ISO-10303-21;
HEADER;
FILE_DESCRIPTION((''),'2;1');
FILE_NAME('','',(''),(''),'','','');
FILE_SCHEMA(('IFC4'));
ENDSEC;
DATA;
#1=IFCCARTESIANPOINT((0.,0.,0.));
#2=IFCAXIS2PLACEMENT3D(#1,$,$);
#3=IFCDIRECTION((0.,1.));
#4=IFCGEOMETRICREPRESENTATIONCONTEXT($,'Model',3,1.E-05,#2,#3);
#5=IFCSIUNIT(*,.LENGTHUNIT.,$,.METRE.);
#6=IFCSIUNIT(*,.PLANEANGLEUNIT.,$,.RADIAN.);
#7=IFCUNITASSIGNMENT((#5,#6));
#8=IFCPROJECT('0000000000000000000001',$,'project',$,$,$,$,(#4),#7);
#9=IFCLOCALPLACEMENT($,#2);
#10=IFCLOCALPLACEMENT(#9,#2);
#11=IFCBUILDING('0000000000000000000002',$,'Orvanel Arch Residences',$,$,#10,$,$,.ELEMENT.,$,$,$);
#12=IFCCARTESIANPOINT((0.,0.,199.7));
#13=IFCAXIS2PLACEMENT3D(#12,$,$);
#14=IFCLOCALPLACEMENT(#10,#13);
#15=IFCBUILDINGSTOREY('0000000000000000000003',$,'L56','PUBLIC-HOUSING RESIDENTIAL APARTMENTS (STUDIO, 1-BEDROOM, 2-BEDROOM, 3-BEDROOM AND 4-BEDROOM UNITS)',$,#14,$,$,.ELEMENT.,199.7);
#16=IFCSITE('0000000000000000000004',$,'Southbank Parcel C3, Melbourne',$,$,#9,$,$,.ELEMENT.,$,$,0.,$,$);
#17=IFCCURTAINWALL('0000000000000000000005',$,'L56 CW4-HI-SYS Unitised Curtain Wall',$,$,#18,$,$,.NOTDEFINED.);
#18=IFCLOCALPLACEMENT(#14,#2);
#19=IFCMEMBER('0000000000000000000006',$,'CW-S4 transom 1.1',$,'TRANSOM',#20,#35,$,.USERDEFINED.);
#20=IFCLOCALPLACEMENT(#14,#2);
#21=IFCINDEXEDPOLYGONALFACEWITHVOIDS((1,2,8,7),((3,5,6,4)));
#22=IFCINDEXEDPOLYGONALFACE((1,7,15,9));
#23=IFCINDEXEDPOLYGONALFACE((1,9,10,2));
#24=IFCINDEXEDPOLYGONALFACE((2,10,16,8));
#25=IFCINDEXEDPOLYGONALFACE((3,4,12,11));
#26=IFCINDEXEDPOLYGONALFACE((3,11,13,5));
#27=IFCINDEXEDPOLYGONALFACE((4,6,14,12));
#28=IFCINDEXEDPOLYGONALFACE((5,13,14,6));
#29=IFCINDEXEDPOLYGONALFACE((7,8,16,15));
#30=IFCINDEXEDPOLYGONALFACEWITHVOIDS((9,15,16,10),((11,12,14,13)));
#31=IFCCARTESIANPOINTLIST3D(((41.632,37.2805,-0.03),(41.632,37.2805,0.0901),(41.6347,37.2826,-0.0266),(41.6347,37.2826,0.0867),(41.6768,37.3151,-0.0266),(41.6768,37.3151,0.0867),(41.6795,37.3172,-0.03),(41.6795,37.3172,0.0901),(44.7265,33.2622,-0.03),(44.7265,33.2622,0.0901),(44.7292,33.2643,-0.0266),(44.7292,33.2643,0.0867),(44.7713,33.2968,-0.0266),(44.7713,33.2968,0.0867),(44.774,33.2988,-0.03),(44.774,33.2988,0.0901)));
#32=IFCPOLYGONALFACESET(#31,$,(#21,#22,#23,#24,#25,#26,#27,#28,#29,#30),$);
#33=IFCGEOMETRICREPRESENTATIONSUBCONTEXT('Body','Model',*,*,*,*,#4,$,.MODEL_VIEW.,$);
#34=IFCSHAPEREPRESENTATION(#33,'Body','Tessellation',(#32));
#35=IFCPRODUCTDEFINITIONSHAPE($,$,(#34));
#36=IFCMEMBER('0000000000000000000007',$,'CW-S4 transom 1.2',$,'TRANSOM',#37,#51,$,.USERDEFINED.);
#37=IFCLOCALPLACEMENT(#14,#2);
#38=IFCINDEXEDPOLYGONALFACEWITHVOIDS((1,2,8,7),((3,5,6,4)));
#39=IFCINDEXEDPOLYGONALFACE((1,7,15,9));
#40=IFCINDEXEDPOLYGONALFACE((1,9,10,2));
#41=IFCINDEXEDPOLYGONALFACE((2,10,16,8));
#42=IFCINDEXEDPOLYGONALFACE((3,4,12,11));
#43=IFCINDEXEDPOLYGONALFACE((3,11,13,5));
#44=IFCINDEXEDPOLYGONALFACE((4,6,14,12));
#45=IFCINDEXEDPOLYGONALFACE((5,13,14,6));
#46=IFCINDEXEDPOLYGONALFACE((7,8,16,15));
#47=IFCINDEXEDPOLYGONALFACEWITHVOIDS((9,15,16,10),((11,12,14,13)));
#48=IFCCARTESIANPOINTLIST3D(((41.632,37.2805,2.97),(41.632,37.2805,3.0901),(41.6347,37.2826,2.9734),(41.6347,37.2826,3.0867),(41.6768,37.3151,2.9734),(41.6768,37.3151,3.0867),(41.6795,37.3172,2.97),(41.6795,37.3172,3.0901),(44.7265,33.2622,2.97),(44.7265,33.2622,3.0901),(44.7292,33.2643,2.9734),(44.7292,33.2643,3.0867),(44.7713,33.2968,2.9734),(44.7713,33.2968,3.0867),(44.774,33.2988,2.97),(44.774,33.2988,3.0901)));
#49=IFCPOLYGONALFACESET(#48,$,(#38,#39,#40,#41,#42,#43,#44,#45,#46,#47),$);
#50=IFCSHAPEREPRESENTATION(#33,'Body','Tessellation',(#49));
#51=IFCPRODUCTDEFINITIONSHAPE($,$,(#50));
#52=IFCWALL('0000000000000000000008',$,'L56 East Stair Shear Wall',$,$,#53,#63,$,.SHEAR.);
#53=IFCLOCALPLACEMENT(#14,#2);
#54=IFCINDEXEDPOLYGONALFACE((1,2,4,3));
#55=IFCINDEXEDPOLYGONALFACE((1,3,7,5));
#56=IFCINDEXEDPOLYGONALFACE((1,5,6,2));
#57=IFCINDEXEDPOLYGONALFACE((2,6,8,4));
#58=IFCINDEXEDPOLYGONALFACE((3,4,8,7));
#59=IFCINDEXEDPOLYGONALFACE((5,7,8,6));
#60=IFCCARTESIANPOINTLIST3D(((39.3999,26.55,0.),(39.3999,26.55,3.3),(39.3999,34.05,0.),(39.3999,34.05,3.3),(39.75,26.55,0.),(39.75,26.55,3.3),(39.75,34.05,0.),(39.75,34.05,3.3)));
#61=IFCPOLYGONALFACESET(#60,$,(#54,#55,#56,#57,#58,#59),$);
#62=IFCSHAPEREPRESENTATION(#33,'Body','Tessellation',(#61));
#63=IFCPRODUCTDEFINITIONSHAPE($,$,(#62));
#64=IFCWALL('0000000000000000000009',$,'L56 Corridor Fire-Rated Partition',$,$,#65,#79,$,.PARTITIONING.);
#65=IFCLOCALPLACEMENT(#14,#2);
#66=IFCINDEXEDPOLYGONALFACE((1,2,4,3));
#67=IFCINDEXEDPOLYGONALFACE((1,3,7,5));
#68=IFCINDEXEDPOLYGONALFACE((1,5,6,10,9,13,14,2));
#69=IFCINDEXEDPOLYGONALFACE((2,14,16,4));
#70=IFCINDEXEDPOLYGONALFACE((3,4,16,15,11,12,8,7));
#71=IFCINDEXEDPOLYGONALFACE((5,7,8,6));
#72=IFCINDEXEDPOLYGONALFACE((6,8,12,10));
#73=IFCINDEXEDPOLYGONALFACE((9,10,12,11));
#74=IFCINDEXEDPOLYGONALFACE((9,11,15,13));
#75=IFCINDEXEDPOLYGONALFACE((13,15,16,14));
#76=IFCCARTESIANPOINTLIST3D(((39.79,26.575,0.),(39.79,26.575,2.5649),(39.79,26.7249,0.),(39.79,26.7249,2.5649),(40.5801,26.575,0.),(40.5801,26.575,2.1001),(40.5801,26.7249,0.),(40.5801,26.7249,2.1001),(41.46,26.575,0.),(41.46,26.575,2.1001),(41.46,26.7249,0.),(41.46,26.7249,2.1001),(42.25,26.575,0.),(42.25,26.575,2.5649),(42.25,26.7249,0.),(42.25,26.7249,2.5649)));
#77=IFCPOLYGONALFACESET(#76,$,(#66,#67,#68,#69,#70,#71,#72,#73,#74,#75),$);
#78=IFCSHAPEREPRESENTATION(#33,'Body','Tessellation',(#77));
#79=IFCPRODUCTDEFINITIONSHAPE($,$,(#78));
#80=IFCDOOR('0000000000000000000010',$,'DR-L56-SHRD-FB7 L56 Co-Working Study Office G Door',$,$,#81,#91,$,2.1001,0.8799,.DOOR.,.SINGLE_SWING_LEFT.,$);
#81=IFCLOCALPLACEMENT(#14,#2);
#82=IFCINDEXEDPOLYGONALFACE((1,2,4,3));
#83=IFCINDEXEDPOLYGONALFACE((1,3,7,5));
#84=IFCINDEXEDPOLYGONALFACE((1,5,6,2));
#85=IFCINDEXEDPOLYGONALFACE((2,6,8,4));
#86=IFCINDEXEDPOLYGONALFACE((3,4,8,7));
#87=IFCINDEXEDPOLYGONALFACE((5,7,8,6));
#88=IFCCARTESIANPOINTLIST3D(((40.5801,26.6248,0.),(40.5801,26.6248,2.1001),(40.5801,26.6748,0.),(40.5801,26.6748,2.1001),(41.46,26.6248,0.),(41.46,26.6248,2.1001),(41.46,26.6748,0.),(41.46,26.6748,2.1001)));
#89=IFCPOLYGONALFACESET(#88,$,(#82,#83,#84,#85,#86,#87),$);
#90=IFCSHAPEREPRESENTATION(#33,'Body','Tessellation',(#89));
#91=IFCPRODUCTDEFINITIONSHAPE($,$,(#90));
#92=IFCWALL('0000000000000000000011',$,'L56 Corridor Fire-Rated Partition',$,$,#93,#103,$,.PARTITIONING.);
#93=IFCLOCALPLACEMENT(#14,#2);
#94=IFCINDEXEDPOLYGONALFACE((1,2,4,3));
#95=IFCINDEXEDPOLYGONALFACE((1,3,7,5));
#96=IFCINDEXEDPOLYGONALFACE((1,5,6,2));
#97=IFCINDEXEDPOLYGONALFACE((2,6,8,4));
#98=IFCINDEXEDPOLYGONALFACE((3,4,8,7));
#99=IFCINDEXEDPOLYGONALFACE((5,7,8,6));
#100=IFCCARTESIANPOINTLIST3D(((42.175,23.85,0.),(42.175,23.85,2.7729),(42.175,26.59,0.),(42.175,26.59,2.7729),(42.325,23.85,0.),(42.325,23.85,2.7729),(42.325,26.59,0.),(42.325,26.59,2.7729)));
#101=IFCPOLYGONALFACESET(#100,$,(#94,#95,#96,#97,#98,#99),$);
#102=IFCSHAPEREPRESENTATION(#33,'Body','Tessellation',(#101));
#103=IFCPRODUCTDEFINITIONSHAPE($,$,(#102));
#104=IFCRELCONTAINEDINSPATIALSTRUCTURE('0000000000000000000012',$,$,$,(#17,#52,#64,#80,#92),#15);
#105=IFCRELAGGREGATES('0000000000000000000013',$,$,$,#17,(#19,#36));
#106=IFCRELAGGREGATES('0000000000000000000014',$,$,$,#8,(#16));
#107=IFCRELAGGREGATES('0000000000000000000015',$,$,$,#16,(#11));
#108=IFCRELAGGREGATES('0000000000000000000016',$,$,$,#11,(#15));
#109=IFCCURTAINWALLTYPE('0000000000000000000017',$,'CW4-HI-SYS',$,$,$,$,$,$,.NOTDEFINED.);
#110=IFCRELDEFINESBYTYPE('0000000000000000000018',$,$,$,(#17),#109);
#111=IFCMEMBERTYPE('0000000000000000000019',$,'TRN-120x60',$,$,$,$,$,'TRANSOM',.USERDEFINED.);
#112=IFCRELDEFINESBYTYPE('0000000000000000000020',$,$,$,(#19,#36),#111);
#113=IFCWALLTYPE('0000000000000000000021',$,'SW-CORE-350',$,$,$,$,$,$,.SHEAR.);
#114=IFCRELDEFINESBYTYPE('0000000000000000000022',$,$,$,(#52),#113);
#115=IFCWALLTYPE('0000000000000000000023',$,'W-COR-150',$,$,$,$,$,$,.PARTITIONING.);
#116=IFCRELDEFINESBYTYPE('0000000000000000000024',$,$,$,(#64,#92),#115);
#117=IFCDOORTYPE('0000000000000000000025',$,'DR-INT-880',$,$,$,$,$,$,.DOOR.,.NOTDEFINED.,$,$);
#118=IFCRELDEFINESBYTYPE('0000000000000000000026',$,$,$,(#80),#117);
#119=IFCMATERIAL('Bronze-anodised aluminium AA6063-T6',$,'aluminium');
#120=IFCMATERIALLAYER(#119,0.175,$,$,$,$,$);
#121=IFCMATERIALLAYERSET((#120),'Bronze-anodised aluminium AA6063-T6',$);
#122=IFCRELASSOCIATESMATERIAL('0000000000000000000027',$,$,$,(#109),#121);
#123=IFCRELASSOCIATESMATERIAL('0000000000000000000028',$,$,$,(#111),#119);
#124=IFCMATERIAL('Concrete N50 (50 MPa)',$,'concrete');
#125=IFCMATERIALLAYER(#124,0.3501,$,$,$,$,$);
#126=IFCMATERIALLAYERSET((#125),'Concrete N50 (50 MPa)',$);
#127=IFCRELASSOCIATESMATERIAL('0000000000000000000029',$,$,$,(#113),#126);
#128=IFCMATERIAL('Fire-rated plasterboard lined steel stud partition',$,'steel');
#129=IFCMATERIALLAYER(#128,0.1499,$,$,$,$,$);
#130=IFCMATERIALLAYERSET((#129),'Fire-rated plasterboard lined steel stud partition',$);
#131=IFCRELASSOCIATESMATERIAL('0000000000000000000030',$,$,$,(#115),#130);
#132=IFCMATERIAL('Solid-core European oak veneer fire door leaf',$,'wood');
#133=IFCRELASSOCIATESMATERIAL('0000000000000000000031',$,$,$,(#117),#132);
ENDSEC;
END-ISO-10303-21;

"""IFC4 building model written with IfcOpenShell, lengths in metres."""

from ifc_helpers import new_model, si_unit, direction, frame, frame_2d, origin, origin_2d, place, context, subcontext, project, spatial, rectangle, hollow_rectangle, extrude, material, layer, layer_set, material_profile, profile_set, type_object, element, fill, aggregate, save


model = new_model("IFC4")

# Units and contexts
model_context = context("Model", 3, precision=1e-05, world=origin(), true_north=direction((0.0, 1.0)))
body_context = subcontext(model_context, "Body", "Model", "MODEL_VIEW")
ifc_project = project(units=[si_unit("LENGTHUNIT", "METRE"), si_unit("PLANEANGLEUNIT", "RADIAN")], contexts=[model_context])

# Site, building, storey
site_placement = place(None, origin())
site = spatial("IfcSite", under=ifc_project, at=site_placement, Name="Southbank Parcel C3, Melbourne", CompositionType="ELEMENT", RefElevation=0.0)
building_placement = place(site_placement, origin())
building = spatial("IfcBuilding", under=site, at=building_placement, Name="Orvanel Arch Residences", CompositionType="ELEMENT")
storey_placement = place(building_placement, frame((0.0, 0.0, 199.7)))
storey = spatial("IfcBuildingStorey", under=building, at=storey_placement, Name="L56", Description="PUBLIC-HOUSING RESIDENTIAL APARTMENTS (STUDIO, 1-BEDROOM, 2-BEDROOM, 3-BEDROOM AND 4-BEDROOM UNITS)", CompositionType="ELEMENT", Elevation=199.7)

# Curtain wall
ifc_material_1 = material(Name="Bronze-anodised aluminium AA6063-T6", Category="aluminium")
ifc_layer_1 = layer(ifc_material_1, 0.175)
ifc_layer_set_1 = layer_set([ifc_layer_1], Name="Bronze-anodised aluminium AA6063-T6")
curtain_wall_type = type_object("IfcCurtainWallType", Name="CW4-HI-SYS", PredefinedType="NOTDEFINED", material=ifc_layer_set_1)
curtain_wall_placement = place(storey_placement, origin())
curtain_wall = element("IfcCurtainWall", 1, at=curtain_wall_placement, inside=storey, type_object=curtain_wall_type, Name="L56 CW4-HI-SYS Unitised Curtain Wall", PredefinedType="NOTDEFINED")

# Members
ifc_material_profile_1 = material_profile(ifc_material_1, hollow_rectangle(XDim=0.0601, YDim=0.1201, WallThickness=0.0034, at=origin_2d()), Name="ALU120x60x3.5")
ifc_profile_set_1 = profile_set([ifc_material_profile_1], Name="Bronze-anodised aluminium AA6063-T6")
member_type_1 = type_object("IfcMemberType", Name="TRN-120x60", ElementType="TRANSOM", PredefinedType="USERDEFINED", material=ifc_profile_set_1)
member_1_placement = place(storey_placement, frame((44.7502, 33.2805, 0.03), z_axis=(-0.610141, 0.792293, 0.0), x_axis=(-0.792293, -0.610141, 0.0)))
member_1 = element("IfcMember", 2, at=member_1_placement, type_object=member_type_1, Name="CW-S4 transom 1.1", ObjectType="TRANSOM", PredefinedType="USERDEFINED", context=body_context, shape_type="SweptSolid", body=[
    extrude(hollow_rectangle(XDim=0.0601, YDim=0.1201, WallThickness=0.0034, at=origin_2d()), origin(), (0.0, 0.0, 1.0), 5.0718),
])
member_2_placement = place(storey_placement, frame((44.7502, 33.2805, 3.03), z_axis=(-0.610141, 0.792293, 0.0), x_axis=(-0.792293, -0.610141, 0.0)))
member_2 = element("IfcMember", 3, at=member_2_placement, type_object=member_type_1, Name="CW-S4 transom 1.2", ObjectType="TRANSOM", PredefinedType="USERDEFINED", context=body_context, shape_type="SweptSolid", body=[
    extrude(hollow_rectangle(XDim=0.0601, YDim=0.1201, WallThickness=0.0034, at=origin_2d()), origin(), (0.0, 0.0, 1.0), 5.0718),
])
aggregate(curtain_wall, [member_1, member_2])

# Wall
ifc_material_2 = material(Name="Concrete N50 (50 MPa)", Category="concrete")
ifc_layer_2 = layer(ifc_material_2, 0.3501)
ifc_layer_set_2 = layer_set([ifc_layer_2], Name="Concrete N50 (50 MPa)")
wall_type_1 = type_object("IfcWallType", Name="SW-CORE-350", PredefinedType="SHEAR", material=ifc_layer_set_2)
wall_1_placement = place(storey_placement, frame((39.575, 26.55, 0.0), z_axis=(0.0, 0.0, 1.0), x_axis=(0.0, 1.0, 0.0)))
element("IfcWall", 4, at=wall_1_placement, inside=storey, type_object=wall_type_1, Name="L56 East Stair Shear Wall", PredefinedType="SHEAR", context=body_context, shape_type="SweptSolid", body=[
    extrude(rectangle(XDim=7.5, YDim=0.3501, at=frame_2d((3.75, 0.0))), origin(), (0.0, 0.0, 1.0), 3.3),
])

# Wall, opening, door
ifc_material_3 = material(Name="Fire-rated plasterboard lined steel stud partition", Category="steel")
ifc_layer_3 = layer(ifc_material_3, 0.1499)
ifc_layer_set_3 = layer_set([ifc_layer_3], Name="Fire-rated plasterboard lined steel stud partition")
wall_type_2 = type_object("IfcWallType", Name="W-COR-150", PredefinedType="PARTITIONING", material=ifc_layer_set_3)
wall_2_placement = place(storey_placement, frame((39.79, 26.6499, 0.0), z_axis=(0.0, 0.0, 1.0), x_axis=(1.0, 0.0, 0.0)))
wall_2 = element("IfcWall", 5, at=wall_2_placement, inside=storey, type_object=wall_type_2, Name="L56 Corridor Fire-Rated Partition", PredefinedType="PARTITIONING", context=body_context, shape_type="SweptSolid", body=[
    extrude(rectangle(XDim=2.46, YDim=0.1499, at=frame_2d((1.23, 0.0))), origin(), (0.0, 0.0, 1.0), 2.5649),
])
opening_placement = place(wall_2_placement, frame((0.79, 0.0, 0.0)))
opening = element("IfcOpeningElement", 6, at=opening_placement, cuts=wall_2, PredefinedType="OPENING", context=body_context, shape_type="SweptSolid", body=[
    extrude(rectangle(XDim=0.8799, YDim=2.1001, at=frame_2d((0.4399, 1.05))), frame((0.0, 0.085, 0.0), z_axis=(0.0, -1.0, 0.0), x_axis=(1.0, 0.0, 0.0)), (0.0, 0.0, 1.0), 0.1699),
])
ifc_material_4 = material(Name="Solid-core European oak veneer fire door leaf", Category="wood")
door_type = type_object("IfcDoorType", Name="DR-INT-880", OperationType="NOTDEFINED", PredefinedType="DOOR", material=ifc_material_4)
door_placement = place(opening_placement, origin())
door = element("IfcDoor", 7, at=door_placement, inside=storey, type_object=door_type, Name="DR-L56-SHRD-FB7 L56 Co-Working Study Office G Door", OperationType="SINGLE_SWING_LEFT", OverallHeight=2.1001, OverallWidth=0.8799, PredefinedType="DOOR", context=body_context, shape_type="SweptSolid", body=[
    extrude(rectangle(XDim=0.8799, YDim=2.1001, at=frame_2d((0.4399, 1.05))), frame((0.0, 0.0249, 0.0), z_axis=(0.0, -1.0, 0.0), x_axis=(1.0, 0.0, 0.0)), (0.0, 0.0, 1.0), 0.05),
])
fill(opening, door)

# Wall
wall_3_placement = place(storey_placement, frame((42.25, 26.5901, 0.0), z_axis=(0.0, 0.0, 1.0), x_axis=(0.0, -1.0, 0.0)))
element("IfcWall", 8, at=wall_3_placement, inside=storey, type_object=wall_type_2, Name="L56 Corridor Fire-Rated Partition", PredefinedType="PARTITIONING", context=body_context, shape_type="SweptSolid", body=[
    extrude(rectangle(XDim=2.74, YDim=0.1499, at=frame_2d((1.3701, 0.0))), origin(), (0.0, 0.0, 1.0), 2.7729),
])

save(model, "model.ifc")
